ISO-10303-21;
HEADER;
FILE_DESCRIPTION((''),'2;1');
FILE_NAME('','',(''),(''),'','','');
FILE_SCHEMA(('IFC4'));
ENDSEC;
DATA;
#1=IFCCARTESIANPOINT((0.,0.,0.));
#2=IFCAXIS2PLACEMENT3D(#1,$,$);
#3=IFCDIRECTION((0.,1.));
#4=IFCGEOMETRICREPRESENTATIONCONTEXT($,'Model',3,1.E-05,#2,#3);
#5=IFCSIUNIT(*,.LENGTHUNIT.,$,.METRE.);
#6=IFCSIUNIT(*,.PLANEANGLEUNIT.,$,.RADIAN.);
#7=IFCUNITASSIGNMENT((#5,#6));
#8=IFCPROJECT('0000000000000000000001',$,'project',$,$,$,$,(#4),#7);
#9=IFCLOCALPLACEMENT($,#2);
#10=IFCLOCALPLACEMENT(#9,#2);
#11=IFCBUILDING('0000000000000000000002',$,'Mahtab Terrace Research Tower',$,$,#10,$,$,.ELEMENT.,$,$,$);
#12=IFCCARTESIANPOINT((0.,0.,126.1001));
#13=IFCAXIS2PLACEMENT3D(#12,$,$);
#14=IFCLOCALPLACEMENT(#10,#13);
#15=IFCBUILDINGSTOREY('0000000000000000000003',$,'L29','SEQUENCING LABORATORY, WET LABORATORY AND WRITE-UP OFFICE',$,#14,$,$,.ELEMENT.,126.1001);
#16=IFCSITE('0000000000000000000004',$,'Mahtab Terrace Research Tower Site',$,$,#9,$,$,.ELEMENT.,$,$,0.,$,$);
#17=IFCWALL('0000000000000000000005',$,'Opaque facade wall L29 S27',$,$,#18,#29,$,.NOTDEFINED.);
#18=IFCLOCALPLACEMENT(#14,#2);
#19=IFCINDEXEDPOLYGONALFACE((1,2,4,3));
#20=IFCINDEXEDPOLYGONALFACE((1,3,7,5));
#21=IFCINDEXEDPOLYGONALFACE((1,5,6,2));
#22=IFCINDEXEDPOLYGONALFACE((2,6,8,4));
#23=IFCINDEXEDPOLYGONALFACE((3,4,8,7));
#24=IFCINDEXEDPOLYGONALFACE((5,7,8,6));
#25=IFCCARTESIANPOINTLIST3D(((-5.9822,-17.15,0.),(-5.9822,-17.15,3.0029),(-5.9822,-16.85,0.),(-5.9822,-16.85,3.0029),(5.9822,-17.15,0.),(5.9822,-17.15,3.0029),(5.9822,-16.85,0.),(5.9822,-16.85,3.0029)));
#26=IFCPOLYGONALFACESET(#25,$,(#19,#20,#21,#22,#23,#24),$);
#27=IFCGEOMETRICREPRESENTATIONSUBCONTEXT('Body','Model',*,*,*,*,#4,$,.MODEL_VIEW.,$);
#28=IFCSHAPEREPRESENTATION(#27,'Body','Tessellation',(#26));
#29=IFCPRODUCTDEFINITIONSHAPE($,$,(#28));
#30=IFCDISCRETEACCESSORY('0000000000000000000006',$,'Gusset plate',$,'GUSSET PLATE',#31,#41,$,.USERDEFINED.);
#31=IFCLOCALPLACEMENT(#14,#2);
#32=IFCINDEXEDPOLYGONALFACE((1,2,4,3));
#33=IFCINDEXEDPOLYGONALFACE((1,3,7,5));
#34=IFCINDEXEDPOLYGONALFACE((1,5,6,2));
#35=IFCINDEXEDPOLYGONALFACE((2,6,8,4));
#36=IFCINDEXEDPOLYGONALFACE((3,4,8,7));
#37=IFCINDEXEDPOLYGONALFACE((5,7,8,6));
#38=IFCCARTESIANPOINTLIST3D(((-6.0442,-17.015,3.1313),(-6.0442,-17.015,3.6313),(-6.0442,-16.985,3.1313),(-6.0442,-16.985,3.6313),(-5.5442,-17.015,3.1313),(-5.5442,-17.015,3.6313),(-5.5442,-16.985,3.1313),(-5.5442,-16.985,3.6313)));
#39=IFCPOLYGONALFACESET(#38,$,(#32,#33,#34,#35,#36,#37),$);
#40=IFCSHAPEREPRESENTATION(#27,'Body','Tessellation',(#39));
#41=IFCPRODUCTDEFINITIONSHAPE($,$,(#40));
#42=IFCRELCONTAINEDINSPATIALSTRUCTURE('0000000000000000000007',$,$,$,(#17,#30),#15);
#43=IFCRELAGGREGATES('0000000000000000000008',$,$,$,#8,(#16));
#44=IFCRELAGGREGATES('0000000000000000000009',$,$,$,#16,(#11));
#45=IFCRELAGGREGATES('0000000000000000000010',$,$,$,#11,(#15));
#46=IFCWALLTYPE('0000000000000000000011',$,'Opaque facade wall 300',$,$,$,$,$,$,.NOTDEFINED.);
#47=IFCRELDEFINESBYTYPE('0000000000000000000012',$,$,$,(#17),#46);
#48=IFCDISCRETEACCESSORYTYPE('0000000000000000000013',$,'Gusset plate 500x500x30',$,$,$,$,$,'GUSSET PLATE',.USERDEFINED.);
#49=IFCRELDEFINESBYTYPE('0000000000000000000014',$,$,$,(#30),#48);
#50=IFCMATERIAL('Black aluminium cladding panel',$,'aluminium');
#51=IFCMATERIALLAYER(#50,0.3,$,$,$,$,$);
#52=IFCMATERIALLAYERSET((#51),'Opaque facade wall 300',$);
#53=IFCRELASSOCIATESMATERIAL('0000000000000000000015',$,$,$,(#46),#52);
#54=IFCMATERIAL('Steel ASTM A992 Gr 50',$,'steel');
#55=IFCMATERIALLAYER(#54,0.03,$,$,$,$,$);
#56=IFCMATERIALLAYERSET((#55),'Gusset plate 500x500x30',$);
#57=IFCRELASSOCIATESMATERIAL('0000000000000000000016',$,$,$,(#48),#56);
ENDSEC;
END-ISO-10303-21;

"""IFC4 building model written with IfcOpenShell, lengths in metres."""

from ifc_helpers import new_model, si_unit, direction, frame, frame_2d, origin, origin_2d, place, context, subcontext, project, spatial, rectangle, extrude, material, layer, layer_set, type_object, element, save


model = new_model("IFC4")

# Units and contexts
model_context = context("Model", 3, precision=1e-05, world=origin(), true_north=direction((0.0, 1.0)))
body_context = subcontext(model_context, "Body", "Model", "MODEL_VIEW")
ifc_project = project(units=[si_unit("LENGTHUNIT", "METRE"), si_unit("PLANEANGLEUNIT", "RADIAN")], contexts=[model_context])

# Site, building, storey
site_placement = place(None, origin())
site = spatial("IfcSite", under=ifc_project, at=site_placement, Name="Mahtab Terrace Research Tower Site", CompositionType="ELEMENT", RefElevation=0.0)
building_placement = place(site_placement, origin())
building = spatial("IfcBuilding", under=site, at=building_placement, Name="Mahtab Terrace Research Tower", CompositionType="ELEMENT")
storey_placement = place(building_placement, frame((0.0, 0.0, 126.1001)))
storey = spatial("IfcBuildingStorey", under=building, at=storey_placement, Name="L29", Description="SEQUENCING LABORATORY, WET LABORATORY AND WRITE-UP OFFICE", CompositionType="ELEMENT", Elevation=126.1001)

# Shared definitions
ifc_material_1 = material(Name="Steel ASTM A992 Gr 50", Category="steel")

# Wall
ifc_material_2 = material(Name="Black aluminium cladding panel", Category="aluminium")
ifc_layer_1 = layer(ifc_material_2, 0.3)
ifc_layer_set_1 = layer_set([ifc_layer_1], Name="Opaque facade wall 300")
wall_type = type_object("IfcWallType", Name="Opaque facade wall 300", PredefinedType="NOTDEFINED", material=ifc_layer_set_1)
wall_placement = place(storey_placement, frame((-5.9822, -17.0, 0.0), z_axis=(0.0, 0.0, 1.0), x_axis=(1.0, 0.0, 0.0)))
element("IfcWall", 1, at=wall_placement, inside=storey, type_object=wall_type, Name="Opaque facade wall L29 S27", PredefinedType="NOTDEFINED", context=body_context, shape_type="SweptSolid", body=[
    extrude(rectangle(XDim=11.9644, YDim=0.3, at=frame_2d((5.9822, 0.0))), origin(), (0.0, 0.0, 1.0), 3.0029),
])

# Discrete accessory
ifc_layer_2 = layer(ifc_material_1, 0.03)
ifc_layer_set_2 = layer_set([ifc_layer_2], Name="Gusset plate 500x500x30")
discrete_accessory_type = type_object("IfcDiscreteAccessoryType", Name="Gusset plate 500x500x30", ElementType="GUSSET PLATE", PredefinedType="USERDEFINED", material=ifc_layer_set_2)
discrete_accessory_placement = place(storey_placement, frame((-5.7942, -17.0, 3.1313), z_axis=(0.0, 0.0, 1.0), x_axis=(1.0, 0.0, 0.0)))
element("IfcDiscreteAccessory", 2, at=discrete_accessory_placement, inside=storey, type_object=discrete_accessory_type, Name="Gusset plate", ObjectType="GUSSET PLATE", PredefinedType="USERDEFINED", context=body_context, shape_type="SweptSolid", body=[
    extrude(rectangle(XDim=0.5, YDim=0.03, at=origin_2d()), origin(), (0.0, 0.0, 1.0), 0.5),
])

save(model, "model.ifc")
